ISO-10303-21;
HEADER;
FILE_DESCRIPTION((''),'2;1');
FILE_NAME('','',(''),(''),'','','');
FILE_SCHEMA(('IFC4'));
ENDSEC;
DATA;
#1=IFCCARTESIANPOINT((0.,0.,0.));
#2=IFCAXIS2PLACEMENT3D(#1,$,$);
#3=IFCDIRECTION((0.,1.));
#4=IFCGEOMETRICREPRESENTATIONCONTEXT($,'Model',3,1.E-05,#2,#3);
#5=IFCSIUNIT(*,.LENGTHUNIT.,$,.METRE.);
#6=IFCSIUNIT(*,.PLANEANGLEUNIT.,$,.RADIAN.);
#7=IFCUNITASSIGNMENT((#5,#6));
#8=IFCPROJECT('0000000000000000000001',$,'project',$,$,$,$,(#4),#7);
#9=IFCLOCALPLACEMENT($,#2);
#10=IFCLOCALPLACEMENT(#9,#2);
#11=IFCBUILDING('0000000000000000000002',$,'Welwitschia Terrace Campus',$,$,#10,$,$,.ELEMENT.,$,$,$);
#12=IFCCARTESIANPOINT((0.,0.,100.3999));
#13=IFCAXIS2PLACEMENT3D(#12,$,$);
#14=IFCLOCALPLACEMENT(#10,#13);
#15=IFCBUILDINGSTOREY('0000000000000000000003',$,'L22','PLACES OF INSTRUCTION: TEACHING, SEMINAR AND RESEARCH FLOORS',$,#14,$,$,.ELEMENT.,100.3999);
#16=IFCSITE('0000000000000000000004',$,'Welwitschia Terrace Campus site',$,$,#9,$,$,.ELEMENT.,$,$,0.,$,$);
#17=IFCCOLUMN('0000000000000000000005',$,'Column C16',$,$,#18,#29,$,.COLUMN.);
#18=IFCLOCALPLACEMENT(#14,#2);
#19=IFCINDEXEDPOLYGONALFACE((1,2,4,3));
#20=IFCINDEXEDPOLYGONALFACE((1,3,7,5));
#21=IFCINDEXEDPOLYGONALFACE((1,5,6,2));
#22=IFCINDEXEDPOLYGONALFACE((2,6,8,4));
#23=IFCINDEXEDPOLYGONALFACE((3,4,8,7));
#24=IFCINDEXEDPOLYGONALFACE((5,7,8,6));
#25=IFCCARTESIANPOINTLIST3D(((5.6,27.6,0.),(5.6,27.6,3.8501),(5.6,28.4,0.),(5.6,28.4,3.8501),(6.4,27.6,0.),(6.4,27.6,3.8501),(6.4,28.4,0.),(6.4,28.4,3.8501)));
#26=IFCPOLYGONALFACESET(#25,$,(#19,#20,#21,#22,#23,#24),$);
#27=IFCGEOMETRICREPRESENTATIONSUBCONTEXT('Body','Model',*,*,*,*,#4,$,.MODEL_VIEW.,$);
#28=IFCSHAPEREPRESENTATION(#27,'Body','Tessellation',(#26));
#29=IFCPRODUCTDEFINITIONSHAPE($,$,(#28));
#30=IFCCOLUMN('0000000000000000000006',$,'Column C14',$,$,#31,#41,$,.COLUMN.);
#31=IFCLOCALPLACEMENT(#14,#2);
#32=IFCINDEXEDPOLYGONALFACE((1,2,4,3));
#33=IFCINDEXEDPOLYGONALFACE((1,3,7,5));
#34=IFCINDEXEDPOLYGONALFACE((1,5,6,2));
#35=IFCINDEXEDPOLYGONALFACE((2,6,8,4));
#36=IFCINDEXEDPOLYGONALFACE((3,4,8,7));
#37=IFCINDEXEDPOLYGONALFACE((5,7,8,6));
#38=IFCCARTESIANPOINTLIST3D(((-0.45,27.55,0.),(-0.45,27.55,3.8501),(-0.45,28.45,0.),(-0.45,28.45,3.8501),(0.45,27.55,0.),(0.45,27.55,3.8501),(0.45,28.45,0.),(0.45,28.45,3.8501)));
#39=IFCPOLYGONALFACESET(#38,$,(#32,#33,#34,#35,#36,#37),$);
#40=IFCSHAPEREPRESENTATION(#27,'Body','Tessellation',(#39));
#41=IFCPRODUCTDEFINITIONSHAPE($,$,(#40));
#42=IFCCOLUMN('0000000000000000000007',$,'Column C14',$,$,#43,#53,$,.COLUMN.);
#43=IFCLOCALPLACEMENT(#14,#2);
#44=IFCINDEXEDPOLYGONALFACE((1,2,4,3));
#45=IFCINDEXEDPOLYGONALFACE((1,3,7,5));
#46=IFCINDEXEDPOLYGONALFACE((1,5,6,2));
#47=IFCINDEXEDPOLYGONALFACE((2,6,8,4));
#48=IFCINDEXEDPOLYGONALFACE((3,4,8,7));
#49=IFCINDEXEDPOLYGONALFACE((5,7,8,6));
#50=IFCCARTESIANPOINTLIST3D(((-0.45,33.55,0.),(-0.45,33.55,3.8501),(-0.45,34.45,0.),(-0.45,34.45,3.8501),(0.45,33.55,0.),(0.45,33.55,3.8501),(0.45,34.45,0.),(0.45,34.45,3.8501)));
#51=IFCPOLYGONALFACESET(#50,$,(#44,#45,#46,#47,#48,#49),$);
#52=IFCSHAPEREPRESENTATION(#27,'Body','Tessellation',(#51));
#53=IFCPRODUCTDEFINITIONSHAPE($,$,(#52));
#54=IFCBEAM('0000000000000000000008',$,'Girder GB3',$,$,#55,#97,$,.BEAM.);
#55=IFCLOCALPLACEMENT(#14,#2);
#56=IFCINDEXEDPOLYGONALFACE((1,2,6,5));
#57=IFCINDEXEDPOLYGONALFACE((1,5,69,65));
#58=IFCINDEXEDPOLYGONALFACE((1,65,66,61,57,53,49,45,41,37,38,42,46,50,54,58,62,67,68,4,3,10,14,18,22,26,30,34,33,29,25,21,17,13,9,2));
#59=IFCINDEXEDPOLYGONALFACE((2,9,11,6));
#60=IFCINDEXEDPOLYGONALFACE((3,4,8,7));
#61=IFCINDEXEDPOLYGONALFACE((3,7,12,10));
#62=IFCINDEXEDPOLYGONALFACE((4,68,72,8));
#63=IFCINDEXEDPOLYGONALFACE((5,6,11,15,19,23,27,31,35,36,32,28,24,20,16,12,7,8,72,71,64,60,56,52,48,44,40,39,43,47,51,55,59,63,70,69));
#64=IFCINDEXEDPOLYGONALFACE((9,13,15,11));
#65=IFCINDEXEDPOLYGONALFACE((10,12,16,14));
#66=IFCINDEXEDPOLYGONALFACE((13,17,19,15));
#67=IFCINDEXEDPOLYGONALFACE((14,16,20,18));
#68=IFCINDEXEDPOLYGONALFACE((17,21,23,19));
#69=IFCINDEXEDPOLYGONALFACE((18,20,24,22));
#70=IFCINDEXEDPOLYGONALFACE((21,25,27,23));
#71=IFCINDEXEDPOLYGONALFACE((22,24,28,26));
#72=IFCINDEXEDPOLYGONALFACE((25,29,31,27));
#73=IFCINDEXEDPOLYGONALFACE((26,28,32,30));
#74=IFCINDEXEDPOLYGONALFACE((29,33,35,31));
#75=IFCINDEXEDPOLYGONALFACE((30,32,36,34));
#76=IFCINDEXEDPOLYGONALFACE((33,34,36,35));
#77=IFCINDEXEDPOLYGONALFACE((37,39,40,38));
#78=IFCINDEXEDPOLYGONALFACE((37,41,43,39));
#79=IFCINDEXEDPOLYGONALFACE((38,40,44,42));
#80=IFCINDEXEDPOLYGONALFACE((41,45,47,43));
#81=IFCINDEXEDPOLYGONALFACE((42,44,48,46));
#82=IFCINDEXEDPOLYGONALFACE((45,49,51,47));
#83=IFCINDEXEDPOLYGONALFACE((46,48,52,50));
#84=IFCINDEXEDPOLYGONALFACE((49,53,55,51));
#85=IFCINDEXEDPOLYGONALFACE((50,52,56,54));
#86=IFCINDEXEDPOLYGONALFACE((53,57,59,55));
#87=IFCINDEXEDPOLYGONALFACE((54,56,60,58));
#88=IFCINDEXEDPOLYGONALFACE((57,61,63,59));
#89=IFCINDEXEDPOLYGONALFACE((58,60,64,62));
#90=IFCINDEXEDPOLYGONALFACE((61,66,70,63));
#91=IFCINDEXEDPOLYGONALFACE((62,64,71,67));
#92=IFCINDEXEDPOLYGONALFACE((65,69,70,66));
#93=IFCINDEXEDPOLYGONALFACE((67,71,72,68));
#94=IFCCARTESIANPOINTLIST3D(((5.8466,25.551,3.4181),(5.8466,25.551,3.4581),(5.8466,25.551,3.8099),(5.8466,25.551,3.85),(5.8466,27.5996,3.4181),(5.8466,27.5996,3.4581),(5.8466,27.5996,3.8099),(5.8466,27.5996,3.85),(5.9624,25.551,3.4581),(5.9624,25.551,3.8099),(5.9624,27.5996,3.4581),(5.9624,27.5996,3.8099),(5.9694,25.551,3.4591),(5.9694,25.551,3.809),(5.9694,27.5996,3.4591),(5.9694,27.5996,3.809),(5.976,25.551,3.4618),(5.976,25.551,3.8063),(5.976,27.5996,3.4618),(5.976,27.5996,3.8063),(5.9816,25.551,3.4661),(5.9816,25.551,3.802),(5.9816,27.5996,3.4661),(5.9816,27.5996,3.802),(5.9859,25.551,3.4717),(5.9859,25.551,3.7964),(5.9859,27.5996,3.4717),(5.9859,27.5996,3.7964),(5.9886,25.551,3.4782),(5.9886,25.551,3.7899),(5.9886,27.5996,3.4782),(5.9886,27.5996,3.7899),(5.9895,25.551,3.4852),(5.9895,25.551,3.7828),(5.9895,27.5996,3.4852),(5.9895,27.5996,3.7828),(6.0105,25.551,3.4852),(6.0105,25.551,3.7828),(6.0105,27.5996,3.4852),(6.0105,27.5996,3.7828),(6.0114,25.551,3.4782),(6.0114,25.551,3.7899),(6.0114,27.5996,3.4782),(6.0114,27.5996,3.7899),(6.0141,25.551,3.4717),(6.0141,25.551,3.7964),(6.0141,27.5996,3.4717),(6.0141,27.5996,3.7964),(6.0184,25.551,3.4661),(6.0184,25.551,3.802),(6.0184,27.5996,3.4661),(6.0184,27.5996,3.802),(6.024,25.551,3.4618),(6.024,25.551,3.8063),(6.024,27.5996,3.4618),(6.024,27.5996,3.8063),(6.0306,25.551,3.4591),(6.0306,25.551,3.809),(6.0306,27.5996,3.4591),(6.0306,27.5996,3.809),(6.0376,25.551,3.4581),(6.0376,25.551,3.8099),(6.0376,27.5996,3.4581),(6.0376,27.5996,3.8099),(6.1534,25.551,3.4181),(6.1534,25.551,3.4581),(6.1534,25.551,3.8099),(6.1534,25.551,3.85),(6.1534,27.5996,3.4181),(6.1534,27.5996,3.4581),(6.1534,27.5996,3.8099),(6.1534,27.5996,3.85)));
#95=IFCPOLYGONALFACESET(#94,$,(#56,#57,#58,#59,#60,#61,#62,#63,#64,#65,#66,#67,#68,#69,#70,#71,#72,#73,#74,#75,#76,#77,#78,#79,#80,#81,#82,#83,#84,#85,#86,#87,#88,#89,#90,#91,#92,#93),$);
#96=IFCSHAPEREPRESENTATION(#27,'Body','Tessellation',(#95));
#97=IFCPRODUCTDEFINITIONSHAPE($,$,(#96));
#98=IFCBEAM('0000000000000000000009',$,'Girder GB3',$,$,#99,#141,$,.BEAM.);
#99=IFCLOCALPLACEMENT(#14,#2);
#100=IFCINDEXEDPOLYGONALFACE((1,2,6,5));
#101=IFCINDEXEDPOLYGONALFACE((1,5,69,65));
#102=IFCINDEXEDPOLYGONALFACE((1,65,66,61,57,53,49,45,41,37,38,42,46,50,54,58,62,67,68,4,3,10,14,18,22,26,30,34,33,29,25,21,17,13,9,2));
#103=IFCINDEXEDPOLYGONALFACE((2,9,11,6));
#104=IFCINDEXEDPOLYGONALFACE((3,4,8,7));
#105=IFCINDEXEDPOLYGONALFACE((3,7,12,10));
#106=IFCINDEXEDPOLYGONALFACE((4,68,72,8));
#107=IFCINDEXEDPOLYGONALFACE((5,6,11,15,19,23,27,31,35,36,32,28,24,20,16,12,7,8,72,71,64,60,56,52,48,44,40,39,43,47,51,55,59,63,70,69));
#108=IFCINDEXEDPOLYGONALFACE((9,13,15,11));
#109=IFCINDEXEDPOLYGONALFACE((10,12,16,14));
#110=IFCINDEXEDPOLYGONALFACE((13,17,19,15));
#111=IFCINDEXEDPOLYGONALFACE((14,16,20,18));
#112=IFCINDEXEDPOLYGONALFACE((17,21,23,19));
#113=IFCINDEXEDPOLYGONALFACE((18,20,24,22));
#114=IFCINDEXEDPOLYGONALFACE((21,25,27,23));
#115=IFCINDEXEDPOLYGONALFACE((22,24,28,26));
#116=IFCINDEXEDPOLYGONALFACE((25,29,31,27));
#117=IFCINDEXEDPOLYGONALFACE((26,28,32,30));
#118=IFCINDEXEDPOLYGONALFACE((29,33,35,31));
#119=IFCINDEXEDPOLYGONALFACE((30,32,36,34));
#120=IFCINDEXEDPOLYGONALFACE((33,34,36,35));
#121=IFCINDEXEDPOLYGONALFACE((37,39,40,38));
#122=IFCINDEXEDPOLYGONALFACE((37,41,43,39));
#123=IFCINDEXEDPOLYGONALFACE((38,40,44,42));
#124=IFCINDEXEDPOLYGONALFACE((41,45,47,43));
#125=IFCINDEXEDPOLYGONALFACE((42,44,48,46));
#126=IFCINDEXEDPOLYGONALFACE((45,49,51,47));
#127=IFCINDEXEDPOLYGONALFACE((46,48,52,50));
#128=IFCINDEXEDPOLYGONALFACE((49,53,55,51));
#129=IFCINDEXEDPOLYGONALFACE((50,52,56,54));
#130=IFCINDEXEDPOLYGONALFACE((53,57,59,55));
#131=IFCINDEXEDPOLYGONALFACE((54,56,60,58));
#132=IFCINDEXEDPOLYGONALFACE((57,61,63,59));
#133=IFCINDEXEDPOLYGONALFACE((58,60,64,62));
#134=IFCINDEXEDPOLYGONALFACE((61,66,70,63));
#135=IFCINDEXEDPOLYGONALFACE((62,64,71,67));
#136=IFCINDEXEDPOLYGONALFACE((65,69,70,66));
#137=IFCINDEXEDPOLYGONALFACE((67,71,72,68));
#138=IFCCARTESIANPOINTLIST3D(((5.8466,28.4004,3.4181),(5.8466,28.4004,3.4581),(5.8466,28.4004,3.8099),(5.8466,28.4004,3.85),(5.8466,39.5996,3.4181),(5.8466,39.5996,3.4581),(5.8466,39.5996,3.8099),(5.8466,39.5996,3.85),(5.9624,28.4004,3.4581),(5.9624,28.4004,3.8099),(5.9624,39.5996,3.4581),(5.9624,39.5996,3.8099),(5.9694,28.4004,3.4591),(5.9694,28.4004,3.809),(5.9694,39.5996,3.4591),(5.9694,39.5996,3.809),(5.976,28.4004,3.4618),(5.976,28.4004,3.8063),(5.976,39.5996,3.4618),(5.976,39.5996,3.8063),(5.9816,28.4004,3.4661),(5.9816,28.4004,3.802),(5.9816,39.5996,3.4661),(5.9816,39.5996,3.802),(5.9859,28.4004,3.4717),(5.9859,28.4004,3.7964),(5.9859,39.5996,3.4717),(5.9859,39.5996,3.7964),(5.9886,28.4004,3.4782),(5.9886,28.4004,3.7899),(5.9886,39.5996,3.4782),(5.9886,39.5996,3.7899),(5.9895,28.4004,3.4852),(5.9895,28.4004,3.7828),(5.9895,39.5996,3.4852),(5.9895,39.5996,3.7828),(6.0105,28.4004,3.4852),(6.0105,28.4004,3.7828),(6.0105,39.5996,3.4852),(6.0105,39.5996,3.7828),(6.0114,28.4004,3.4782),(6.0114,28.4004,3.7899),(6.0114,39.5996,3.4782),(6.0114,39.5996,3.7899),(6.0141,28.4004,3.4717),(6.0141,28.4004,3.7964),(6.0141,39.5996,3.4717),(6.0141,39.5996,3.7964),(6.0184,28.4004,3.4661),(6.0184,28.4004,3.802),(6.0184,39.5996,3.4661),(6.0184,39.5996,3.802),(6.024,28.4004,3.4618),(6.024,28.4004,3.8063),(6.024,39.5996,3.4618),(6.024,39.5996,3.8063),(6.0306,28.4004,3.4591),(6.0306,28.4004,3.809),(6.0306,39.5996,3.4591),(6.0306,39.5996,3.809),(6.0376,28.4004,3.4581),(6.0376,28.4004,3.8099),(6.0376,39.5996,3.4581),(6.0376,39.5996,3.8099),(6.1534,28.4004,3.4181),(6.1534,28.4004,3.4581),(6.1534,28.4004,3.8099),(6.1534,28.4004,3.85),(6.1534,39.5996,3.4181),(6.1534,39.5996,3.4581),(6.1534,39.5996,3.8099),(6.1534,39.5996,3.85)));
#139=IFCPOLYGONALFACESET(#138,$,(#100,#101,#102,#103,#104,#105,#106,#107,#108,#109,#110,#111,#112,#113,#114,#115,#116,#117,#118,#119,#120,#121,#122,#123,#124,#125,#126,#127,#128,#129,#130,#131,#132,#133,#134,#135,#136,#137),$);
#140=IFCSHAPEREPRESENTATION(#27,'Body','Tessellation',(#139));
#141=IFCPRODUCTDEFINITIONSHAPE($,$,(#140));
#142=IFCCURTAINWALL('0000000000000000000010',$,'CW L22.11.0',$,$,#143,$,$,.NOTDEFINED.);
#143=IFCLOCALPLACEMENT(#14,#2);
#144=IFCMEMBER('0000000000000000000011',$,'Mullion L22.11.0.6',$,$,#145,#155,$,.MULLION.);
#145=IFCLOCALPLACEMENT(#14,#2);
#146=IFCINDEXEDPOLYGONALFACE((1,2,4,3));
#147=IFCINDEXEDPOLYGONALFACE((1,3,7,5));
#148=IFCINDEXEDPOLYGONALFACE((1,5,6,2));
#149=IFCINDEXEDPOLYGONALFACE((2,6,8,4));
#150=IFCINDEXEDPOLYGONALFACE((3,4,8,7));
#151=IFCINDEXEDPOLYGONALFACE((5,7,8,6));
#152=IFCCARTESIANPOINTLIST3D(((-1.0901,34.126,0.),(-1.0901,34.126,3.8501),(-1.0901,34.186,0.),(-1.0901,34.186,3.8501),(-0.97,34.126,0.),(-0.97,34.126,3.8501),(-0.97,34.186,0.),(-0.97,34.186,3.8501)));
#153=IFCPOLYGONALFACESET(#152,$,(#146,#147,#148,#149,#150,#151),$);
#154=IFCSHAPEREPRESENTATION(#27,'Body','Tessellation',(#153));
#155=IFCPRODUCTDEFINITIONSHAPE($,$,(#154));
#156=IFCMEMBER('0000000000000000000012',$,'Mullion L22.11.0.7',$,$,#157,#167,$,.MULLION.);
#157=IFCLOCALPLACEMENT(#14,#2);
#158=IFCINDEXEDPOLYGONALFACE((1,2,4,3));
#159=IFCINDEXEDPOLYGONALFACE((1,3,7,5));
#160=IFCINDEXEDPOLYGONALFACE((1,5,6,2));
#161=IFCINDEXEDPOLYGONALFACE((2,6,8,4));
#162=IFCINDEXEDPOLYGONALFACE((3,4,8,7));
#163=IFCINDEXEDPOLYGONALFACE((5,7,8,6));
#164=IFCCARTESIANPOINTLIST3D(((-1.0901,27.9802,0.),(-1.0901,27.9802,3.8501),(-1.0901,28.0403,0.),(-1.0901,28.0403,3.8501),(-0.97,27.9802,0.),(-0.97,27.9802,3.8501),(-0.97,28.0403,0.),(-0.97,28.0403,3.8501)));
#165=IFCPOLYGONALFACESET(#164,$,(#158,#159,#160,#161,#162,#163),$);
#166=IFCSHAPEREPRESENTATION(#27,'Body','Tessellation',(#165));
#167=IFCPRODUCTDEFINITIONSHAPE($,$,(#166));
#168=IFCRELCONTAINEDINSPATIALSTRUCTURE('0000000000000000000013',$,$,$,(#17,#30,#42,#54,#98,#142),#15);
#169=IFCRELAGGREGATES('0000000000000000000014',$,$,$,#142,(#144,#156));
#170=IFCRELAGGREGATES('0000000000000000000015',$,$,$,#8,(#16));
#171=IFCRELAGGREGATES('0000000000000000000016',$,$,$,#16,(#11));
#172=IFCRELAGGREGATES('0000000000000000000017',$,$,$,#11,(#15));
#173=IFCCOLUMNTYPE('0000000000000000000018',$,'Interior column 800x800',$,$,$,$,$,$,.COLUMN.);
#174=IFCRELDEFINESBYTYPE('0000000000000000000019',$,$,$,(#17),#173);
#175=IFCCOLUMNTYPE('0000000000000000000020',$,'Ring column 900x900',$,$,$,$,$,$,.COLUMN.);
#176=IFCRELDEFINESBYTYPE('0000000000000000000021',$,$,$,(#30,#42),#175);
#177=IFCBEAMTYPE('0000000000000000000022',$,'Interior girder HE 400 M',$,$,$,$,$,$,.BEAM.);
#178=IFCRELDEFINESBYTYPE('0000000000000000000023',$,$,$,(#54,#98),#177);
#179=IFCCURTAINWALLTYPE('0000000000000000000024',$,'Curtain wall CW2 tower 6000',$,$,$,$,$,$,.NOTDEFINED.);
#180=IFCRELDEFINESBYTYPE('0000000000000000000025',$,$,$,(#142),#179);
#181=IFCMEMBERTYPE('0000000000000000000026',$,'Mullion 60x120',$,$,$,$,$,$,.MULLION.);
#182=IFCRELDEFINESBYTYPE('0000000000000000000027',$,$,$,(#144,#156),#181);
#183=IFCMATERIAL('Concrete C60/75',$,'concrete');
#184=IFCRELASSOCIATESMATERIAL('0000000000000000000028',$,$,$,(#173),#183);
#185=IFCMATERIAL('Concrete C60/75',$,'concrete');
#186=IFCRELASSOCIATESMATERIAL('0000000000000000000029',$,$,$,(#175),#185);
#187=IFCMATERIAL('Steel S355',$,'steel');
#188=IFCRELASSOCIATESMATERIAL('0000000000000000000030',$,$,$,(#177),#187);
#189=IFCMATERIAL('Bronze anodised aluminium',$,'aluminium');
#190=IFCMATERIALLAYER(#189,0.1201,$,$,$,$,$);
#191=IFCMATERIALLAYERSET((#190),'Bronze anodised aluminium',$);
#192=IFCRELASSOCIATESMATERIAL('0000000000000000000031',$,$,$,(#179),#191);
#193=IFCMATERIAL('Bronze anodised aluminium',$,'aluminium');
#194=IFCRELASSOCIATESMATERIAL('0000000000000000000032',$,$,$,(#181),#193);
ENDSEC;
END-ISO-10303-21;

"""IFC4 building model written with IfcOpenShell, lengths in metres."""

from ifc_helpers import new_model, si_unit, direction, frame, origin, origin_2d, place, context, subcontext, project, spatial, rectangle, i_section, extrude, material, layer, layer_set, material_profile, profile_set, type_object, element, aggregate, save


model = new_model("IFC4")

# Units and contexts
model_context = context("Model", 3, precision=1e-05, world=origin(), true_north=direction((0.0, 1.0)))
body_context = subcontext(model_context, "Body", "Model", "MODEL_VIEW")
ifc_project = project(units=[si_unit("LENGTHUNIT", "METRE"), si_unit("PLANEANGLEUNIT", "RADIAN")], contexts=[model_context])

# Site, building, storey
site_placement = place(None, origin())
site = spatial("IfcSite", under=ifc_project, at=site_placement, Name="Welwitschia Terrace Campus site", CompositionType="ELEMENT", RefElevation=0.0)
building_placement = place(site_placement, origin())
building = spatial("IfcBuilding", under=site, at=building_placement, Name="Welwitschia Terrace Campus", CompositionType="ELEMENT")
storey_placement = place(building_placement, frame((0.0, 0.0, 100.3999)))
storey = spatial("IfcBuildingStorey", under=building, at=storey_placement, Name="L22", Description="PLACES OF INSTRUCTION: TEACHING, SEMINAR AND RESEARCH FLOORS", CompositionType="ELEMENT", Elevation=100.3999)

# Columns
ifc_material_1 = material(Name="Concrete C60/75", Category="concrete")
ifc_material_profile_1 = material_profile(ifc_material_1, rectangle(XDim=0.8, YDim=0.8, at=origin_2d()))
ifc_profile_set_1 = profile_set([ifc_material_profile_1], Name="Concrete C60/75")
column_type_1 = type_object("IfcColumnType", Name="Interior column 800x800", PredefinedType="COLUMN", material=ifc_profile_set_1)
column_placement = place(storey_placement, frame((6.0, 28.0, 0.0), z_axis=(0.0, 0.0, 1.0), x_axis=(1.0, 0.0, 0.0)))
element("IfcColumn", 1, at=column_placement, inside=storey, type_object=column_type_1, Name="Column C16", PredefinedType="COLUMN", context=body_context, shape_type="SweptSolid", body=[
    extrude(rectangle(XDim=0.8, YDim=0.8, at=origin_2d()), origin(), (0.0, 0.0, 1.0), 3.8501),
])
ifc_material_2 = material(Name="Concrete C60/75", Category="concrete")
ifc_material_profile_2 = material_profile(ifc_material_2, rectangle(XDim=0.8999, YDim=0.8999, at=origin_2d()))
ifc_profile_set_2 = profile_set([ifc_material_profile_2], Name="Concrete C60/75")
column_type_2 = type_object("IfcColumnType", Name="Ring column 900x900", PredefinedType="COLUMN", material=ifc_profile_set_2)
for number, where, z_axis, x_axis, name in (
    (2, (0.0, 28.0, 0.0), (0.0, 0.0, 1.0), (1.0, 0.0, 0.0), "Column C14"),
    (3, (0.0, 34.0, 0.0), (0.0, 0.0, 1.0), (1.0, 0.0, 0.0), "Column C14"),
):
    element("IfcColumn", number, at=place(storey_placement, frame(where, z_axis=z_axis, x_axis=x_axis)), inside=storey, type_object=column_type_2, Name=name, PredefinedType="COLUMN", context=body_context, shape_type="SweptSolid", body=[
        extrude(rectangle(XDim=0.8999, YDim=0.8999, at=origin_2d()), origin(), (0.0, 0.0, 1.0), 3.8501),
    ])

# Beams
ifc_material_3 = material(Name="Steel S355", Category="steel")
ifc_material_profile_3 = material_profile(ifc_material_3, i_section(OverallWidth=0.3069, OverallDepth=0.4319, WebThickness=0.021, FlangeThickness=0.04, FilletRadius=0.0271, at=origin_2d()))
ifc_profile_set_3 = profile_set([ifc_material_profile_3], Name="Steel S355")
beam_type_1 = type_object("IfcBeamType", Name="Interior girder HE 400 M", PredefinedType="BEAM", material=ifc_profile_set_3)
beam_1_placement = place(storey_placement, frame((6.0, 25.551, 3.634), z_axis=(0.0, 1.0, 0.0), x_axis=(-1.0, 0.0, 0.0)))
element("IfcBeam", 4, at=beam_1_placement, inside=storey, type_object=beam_type_1, Name="Girder GB3", PredefinedType="BEAM", context=body_context, shape_type="SweptSolid", body=[
    extrude(i_section(OverallWidth=0.3069, OverallDepth=0.4319, WebThickness=0.021, FlangeThickness=0.04, FilletRadius=0.0271, at=origin_2d()), origin(), (0.0, 0.0, 1.0), 2.0486),
])
beam_2_placement = place(storey_placement, frame((6.0, 28.4004, 3.634), z_axis=(0.0, 1.0, 0.0), x_axis=(-1.0, 0.0, 0.0)))
element("IfcBeam", 5, at=beam_2_placement, inside=storey, type_object=beam_type_1, Name="Girder GB3", PredefinedType="BEAM", context=body_context, shape_type="SweptSolid", body=[
    extrude(i_section(OverallWidth=0.3069, OverallDepth=0.4319, WebThickness=0.021, FlangeThickness=0.04, FilletRadius=0.0271, at=origin_2d()), origin(), (0.0, 0.0, 1.0), 11.1992),
])

# Curtain wall, members
ifc_material_4 = material(Name="Bronze anodised aluminium", Category="aluminium")
ifc_layer_1 = layer(ifc_material_4, 0.1201)
ifc_layer_set_1 = layer_set([ifc_layer_1], Name="Bronze anodised aluminium")
curtain_wall_type = type_object("IfcCurtainWallType", Name="Curtain wall CW2 tower 6000", PredefinedType="NOTDEFINED", material=ifc_layer_set_1)
curtain_wall_placement = place(storey_placement, origin())
curtain_wall = element("IfcCurtainWall", 6, at=curtain_wall_placement, inside=storey, type_object=curtain_wall_type, Name="CW L22.11.0", PredefinedType="NOTDEFINED")
ifc_material_5 = material(Name="Bronze anodised aluminium", Category="aluminium")
ifc_material_profile_4 = material_profile(ifc_material_5, rectangle(XDim=0.1201, YDim=0.0601, at=origin_2d()))
ifc_profile_set_4 = profile_set([ifc_material_profile_4], Name="Bronze anodised aluminium")
member_type = type_object("IfcMemberType", Name="Mullion 60x120", PredefinedType="MULLION", material=ifc_profile_set_4)
member_1_placement = place(storey_placement, frame((-1.03, 34.156, 0.0), z_axis=(0.0, 0.0, 1.0), x_axis=(1.0, 0.0, 0.0)))
member_1 = element("IfcMember", 7, at=member_1_placement, type_object=member_type, Name="Mullion L22.11.0.6", PredefinedType="MULLION", context=body_context, shape_type="SweptSolid", body=[
    extrude(rectangle(XDim=0.1201, YDim=0.0601, at=origin_2d()), origin(), (0.0, 0.0, 1.0), 3.8501),
])
member_2_placement = place(storey_placement, frame((-1.03, 28.0103, 0.0), z_axis=(0.0, 0.0, 1.0), x_axis=(1.0, 0.0, 0.0)))
member_2 = element("IfcMember", 8, at=member_2_placement, type_object=member_type, Name="Mullion L22.11.0.7", PredefinedType="MULLION", context=body_context, shape_type="SweptSolid", body=[
    extrude(rectangle(XDim=0.1201, YDim=0.0601, at=origin_2d()), origin(), (0.0, 0.0, 1.0), 3.8501),
])

aggregate(curtain_wall, [member_1, member_2])

save(model, "model.ifc")
